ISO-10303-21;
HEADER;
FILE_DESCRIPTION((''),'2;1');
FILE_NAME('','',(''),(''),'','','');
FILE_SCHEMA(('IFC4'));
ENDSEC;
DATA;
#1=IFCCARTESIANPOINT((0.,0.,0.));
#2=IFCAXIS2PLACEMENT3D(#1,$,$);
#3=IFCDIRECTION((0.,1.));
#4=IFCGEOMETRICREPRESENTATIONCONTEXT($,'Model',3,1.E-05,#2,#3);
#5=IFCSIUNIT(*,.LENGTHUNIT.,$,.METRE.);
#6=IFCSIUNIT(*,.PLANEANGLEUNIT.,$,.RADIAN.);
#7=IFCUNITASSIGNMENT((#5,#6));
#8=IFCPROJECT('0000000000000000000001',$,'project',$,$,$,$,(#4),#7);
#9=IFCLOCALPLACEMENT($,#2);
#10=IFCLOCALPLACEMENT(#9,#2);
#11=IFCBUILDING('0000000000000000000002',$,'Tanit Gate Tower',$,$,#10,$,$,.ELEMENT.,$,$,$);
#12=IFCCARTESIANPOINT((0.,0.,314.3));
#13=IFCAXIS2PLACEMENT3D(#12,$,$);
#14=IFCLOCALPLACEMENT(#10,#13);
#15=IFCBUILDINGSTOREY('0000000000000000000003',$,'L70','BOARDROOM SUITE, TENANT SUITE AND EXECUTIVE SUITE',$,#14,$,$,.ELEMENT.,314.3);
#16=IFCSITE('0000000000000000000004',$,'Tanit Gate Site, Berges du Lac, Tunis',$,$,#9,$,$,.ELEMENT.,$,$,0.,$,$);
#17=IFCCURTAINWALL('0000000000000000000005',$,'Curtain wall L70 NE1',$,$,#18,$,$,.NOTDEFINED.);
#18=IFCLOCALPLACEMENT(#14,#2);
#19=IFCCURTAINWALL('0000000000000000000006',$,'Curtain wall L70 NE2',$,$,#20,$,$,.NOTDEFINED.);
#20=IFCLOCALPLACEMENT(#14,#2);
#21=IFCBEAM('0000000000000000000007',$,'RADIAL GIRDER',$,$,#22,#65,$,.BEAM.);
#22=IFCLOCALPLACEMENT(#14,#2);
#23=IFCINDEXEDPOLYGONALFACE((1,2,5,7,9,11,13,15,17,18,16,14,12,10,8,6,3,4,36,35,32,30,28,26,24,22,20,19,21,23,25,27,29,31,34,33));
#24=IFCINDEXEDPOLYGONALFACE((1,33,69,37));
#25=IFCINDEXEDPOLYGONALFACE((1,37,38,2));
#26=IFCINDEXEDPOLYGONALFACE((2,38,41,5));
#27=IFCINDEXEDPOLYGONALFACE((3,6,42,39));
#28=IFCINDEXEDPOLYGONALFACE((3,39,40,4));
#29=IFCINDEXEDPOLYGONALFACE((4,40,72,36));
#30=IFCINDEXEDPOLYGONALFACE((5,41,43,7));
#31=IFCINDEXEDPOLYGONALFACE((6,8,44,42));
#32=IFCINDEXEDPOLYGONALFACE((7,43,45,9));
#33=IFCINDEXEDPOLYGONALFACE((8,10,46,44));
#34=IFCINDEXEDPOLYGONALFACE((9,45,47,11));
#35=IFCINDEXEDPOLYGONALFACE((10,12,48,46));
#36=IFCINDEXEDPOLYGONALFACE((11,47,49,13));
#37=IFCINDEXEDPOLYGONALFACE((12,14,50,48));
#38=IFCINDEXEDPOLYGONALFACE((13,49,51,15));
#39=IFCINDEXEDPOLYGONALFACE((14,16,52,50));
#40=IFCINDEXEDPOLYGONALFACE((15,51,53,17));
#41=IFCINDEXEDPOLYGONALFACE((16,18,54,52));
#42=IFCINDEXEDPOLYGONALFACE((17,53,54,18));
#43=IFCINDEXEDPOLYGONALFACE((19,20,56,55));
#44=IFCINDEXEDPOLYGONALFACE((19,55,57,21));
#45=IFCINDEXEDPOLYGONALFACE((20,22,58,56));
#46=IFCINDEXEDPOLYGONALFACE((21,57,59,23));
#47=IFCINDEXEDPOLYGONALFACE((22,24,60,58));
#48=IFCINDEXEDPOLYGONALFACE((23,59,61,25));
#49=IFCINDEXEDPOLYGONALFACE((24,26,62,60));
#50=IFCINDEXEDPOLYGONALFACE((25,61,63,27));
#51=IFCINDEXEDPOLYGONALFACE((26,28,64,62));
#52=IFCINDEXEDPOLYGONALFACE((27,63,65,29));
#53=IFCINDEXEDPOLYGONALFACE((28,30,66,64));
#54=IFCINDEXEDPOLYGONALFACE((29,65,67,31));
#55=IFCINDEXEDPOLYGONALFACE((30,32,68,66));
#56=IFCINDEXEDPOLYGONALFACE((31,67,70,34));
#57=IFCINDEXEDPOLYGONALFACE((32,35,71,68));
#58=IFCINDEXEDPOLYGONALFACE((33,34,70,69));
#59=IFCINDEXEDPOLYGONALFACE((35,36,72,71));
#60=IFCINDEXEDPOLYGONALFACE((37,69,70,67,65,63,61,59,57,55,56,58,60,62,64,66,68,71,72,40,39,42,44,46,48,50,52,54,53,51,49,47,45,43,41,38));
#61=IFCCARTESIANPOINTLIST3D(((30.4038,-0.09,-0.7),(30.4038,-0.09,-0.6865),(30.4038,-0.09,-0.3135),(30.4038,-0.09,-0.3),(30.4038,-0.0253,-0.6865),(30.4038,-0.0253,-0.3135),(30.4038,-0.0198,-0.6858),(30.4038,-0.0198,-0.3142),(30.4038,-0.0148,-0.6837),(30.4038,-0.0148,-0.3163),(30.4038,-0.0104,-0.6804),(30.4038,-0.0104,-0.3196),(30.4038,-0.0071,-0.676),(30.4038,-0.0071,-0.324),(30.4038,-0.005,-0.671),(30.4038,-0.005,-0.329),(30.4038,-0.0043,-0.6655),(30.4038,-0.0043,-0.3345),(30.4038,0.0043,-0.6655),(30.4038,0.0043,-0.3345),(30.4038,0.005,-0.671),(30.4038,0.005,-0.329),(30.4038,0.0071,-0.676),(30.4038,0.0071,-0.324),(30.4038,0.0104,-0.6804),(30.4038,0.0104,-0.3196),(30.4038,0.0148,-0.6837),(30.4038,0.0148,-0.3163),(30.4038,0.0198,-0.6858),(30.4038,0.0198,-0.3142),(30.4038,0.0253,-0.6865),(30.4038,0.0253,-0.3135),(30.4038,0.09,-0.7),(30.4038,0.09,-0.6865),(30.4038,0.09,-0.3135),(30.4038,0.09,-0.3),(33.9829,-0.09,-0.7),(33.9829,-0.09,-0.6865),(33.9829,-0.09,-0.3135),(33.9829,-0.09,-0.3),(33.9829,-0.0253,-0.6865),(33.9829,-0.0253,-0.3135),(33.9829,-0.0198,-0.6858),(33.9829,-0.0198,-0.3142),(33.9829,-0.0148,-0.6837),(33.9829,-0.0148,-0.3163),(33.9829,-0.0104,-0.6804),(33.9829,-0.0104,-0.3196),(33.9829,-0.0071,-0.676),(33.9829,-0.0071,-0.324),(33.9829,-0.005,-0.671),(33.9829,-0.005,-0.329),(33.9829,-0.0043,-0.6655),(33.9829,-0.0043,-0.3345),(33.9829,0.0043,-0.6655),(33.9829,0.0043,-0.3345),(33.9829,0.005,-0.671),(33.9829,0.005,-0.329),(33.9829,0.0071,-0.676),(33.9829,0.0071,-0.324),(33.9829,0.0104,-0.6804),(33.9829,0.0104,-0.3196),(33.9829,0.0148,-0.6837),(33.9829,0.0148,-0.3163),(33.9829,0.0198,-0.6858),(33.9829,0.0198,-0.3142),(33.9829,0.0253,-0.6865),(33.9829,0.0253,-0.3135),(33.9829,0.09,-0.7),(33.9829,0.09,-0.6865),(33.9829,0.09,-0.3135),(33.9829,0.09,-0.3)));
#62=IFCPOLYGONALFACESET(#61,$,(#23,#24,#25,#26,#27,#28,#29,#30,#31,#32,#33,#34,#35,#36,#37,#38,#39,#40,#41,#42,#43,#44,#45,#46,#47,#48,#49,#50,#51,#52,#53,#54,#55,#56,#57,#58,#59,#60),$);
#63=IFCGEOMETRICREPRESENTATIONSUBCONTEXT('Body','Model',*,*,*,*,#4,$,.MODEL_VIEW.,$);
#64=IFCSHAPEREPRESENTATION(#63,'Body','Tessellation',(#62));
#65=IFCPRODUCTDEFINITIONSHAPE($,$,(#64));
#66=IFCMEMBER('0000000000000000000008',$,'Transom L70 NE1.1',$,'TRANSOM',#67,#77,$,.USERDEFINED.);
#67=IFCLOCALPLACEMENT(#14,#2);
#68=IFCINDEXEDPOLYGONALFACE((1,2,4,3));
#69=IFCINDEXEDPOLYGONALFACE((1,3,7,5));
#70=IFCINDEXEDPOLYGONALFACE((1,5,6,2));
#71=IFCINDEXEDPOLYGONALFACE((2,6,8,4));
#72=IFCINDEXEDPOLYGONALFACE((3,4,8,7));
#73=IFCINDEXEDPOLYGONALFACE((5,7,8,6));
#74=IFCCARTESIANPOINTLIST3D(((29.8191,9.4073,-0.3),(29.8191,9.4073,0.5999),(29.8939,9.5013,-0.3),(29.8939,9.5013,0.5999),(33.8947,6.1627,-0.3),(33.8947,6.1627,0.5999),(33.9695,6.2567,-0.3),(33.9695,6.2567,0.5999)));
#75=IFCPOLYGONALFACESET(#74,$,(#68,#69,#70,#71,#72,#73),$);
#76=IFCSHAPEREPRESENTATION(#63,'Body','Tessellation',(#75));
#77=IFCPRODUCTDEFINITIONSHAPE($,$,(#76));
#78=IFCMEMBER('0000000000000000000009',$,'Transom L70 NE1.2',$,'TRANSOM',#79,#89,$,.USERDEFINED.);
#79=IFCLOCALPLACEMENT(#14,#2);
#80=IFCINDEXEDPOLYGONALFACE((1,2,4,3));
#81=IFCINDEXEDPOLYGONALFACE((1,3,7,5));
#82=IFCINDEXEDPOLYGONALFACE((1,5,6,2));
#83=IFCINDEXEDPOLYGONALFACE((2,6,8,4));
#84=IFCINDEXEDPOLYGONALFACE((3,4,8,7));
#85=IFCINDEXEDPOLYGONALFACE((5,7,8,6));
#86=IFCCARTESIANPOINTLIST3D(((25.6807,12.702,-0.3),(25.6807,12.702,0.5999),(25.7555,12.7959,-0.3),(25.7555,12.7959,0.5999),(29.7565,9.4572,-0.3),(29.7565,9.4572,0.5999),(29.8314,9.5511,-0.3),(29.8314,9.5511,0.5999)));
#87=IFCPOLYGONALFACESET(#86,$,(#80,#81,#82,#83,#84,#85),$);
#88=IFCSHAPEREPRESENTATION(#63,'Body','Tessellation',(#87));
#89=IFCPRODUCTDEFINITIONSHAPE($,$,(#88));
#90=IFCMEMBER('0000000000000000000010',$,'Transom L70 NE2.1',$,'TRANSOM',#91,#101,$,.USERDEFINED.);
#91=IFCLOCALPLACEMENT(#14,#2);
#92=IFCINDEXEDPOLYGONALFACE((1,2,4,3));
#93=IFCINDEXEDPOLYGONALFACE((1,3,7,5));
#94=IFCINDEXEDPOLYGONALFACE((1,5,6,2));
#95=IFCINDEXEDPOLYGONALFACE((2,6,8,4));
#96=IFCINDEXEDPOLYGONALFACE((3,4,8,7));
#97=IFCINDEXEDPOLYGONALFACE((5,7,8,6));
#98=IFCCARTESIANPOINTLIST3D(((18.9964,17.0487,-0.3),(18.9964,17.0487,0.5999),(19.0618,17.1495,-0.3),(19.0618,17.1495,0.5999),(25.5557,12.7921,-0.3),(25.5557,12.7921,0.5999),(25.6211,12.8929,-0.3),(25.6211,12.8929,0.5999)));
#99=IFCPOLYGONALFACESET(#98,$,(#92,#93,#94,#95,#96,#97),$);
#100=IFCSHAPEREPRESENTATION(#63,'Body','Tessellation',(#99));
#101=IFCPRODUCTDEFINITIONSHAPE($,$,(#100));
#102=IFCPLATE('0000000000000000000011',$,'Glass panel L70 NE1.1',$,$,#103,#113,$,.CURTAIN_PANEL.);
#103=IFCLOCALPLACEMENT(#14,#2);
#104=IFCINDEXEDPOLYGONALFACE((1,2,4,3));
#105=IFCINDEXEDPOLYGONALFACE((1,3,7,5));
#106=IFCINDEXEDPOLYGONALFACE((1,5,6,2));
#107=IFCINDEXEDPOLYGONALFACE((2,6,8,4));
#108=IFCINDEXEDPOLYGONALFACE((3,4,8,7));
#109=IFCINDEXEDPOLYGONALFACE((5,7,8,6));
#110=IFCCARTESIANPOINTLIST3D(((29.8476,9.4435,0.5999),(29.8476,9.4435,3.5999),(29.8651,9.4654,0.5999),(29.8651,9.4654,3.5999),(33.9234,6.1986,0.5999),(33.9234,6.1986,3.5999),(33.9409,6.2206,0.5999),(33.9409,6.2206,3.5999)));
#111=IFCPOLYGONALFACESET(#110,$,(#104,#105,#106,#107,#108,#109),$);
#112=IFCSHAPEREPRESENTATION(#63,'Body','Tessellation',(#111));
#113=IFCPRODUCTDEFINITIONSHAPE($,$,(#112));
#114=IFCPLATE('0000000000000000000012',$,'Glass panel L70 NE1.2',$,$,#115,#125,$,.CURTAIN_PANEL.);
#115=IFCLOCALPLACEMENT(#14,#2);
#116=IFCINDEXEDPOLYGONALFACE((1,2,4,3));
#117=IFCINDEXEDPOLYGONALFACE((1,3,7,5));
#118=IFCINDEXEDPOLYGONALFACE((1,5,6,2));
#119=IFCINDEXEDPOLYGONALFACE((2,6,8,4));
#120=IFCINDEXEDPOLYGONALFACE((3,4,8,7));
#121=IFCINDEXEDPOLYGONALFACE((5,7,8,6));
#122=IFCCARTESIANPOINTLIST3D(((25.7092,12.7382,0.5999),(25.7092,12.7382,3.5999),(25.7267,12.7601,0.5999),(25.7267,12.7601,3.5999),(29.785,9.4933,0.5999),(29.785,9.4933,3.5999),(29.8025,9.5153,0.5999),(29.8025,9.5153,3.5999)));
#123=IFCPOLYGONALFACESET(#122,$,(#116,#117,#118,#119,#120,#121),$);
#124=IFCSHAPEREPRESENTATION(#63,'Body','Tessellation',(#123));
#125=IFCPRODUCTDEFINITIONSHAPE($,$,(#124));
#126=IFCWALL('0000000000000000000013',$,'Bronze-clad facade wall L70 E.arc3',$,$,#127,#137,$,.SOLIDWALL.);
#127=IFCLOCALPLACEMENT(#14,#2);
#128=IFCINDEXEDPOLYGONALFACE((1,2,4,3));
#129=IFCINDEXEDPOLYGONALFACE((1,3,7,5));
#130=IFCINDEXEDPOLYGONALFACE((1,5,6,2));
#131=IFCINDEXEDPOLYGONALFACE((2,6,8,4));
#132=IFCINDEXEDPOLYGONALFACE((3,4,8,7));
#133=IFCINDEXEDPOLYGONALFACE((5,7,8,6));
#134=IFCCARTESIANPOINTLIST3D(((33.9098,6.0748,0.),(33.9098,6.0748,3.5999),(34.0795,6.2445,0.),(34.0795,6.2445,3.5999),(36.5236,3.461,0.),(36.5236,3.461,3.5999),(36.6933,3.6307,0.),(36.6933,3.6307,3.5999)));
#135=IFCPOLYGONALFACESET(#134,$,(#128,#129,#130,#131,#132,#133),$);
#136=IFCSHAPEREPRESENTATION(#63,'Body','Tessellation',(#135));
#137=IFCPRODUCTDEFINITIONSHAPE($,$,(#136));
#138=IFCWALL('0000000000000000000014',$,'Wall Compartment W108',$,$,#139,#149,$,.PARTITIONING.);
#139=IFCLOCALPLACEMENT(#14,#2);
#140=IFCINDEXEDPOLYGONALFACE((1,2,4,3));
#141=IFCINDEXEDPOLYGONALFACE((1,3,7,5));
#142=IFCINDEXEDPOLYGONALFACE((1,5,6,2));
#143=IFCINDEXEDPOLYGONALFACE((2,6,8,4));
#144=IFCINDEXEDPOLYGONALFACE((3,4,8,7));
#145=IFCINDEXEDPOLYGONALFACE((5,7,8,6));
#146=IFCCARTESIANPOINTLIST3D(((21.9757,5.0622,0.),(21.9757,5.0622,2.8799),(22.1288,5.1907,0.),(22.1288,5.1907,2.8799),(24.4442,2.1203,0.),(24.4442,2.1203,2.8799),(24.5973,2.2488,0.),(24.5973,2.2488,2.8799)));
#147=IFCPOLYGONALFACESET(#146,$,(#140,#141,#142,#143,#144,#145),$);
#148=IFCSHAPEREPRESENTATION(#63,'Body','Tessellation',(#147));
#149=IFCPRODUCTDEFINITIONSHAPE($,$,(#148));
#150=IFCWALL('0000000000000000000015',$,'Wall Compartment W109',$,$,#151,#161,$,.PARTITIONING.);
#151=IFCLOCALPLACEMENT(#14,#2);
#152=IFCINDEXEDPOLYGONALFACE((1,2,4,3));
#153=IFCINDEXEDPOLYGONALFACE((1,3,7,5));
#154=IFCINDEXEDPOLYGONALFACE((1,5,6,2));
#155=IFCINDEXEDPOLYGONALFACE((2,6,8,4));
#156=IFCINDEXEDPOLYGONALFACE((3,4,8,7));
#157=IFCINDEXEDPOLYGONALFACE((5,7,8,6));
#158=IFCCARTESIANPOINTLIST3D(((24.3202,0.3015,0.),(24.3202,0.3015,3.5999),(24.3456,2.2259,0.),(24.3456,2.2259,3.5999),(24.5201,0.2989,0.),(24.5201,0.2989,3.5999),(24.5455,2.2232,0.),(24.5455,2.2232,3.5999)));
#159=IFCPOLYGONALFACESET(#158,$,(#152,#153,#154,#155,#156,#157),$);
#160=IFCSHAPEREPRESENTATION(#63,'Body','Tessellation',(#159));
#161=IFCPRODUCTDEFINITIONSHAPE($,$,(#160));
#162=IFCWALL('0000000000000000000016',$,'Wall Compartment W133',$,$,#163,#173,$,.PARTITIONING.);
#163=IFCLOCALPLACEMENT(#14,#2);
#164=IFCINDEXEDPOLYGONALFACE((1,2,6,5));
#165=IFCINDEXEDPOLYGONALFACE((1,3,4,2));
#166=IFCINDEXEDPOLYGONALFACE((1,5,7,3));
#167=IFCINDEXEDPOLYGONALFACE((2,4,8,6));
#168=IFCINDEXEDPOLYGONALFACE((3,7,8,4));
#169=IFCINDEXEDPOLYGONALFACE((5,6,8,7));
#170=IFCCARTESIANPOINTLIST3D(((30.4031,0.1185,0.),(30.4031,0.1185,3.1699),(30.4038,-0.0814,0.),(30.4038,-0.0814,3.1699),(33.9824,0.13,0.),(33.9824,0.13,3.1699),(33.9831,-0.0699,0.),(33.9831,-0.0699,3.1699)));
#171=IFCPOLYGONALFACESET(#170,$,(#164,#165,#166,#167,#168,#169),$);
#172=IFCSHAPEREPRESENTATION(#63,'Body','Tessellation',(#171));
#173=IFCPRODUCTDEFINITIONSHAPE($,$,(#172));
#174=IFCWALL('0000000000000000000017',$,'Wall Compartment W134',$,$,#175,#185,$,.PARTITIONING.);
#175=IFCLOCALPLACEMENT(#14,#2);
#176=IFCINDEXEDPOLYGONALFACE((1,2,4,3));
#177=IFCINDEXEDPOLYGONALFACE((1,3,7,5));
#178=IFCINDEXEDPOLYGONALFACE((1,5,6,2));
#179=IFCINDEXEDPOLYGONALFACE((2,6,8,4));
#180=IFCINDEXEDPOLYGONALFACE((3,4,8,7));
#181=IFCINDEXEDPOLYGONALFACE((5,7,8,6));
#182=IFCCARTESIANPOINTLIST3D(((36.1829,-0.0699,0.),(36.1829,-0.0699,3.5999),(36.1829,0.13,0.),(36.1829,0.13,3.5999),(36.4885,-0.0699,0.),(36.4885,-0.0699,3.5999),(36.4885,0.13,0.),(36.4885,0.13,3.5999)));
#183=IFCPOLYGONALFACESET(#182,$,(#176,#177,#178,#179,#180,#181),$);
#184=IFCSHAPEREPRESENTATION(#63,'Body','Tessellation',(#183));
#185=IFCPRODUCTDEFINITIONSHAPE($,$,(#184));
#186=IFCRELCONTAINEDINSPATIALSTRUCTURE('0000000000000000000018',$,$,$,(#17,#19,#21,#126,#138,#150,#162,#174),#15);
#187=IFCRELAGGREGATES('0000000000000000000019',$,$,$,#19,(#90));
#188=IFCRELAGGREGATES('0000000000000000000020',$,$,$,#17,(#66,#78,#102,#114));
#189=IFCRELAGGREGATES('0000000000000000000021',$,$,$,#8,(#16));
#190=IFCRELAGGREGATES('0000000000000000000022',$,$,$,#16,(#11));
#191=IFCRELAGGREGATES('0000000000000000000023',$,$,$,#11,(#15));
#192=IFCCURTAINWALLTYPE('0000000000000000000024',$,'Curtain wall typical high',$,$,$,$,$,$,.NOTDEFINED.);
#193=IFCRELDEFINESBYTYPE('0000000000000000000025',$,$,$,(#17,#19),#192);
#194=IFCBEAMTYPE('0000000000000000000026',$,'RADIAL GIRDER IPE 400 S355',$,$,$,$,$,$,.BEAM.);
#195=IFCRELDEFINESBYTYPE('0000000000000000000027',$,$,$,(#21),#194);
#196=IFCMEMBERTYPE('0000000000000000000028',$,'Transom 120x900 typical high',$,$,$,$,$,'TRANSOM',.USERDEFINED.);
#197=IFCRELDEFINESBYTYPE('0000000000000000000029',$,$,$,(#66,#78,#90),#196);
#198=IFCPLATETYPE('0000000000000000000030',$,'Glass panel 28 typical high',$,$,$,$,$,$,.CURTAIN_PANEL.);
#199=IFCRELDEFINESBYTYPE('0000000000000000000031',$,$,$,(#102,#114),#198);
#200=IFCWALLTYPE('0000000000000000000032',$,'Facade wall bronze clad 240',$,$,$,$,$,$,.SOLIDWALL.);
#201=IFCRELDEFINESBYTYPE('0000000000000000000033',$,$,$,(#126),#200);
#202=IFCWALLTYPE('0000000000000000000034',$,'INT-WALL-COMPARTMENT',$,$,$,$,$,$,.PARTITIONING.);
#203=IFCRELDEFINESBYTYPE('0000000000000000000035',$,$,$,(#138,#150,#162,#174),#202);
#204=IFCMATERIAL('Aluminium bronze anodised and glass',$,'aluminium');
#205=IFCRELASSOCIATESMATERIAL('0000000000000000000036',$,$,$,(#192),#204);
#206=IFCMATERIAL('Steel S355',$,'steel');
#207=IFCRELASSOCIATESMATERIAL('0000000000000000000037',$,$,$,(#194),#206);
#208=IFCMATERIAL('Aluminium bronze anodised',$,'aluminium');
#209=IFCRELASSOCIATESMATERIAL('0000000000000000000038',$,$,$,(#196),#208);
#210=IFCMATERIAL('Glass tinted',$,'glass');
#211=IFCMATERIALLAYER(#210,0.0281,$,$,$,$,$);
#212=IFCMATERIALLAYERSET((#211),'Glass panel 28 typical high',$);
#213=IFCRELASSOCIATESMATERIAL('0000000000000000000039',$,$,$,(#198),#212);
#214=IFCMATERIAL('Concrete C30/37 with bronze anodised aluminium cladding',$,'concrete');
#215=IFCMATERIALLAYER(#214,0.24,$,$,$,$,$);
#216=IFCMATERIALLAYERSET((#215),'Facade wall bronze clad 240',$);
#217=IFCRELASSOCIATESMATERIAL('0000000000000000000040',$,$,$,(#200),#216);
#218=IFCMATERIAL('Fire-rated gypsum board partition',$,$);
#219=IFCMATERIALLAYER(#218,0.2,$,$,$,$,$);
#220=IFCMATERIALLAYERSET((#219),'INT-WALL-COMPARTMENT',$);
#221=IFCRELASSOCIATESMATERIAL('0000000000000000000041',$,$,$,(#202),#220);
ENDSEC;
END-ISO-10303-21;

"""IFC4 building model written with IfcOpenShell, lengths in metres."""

from ifc_helpers import new_model, si_unit, direction, frame, frame_2d, origin, origin_2d, place, context, subcontext, project, spatial, rectangle, i_section, extrude, material, layer, layer_set, material_profile, profile_set, type_object, element, aggregate, save


model = new_model("IFC4")

# Units and contexts
model_context = context("Model", 3, precision=1e-05, world=origin(), true_north=direction((0.0, 1.0)))
body_context = subcontext(model_context, "Body", "Model", "MODEL_VIEW")
ifc_project = project(units=[si_unit("LENGTHUNIT", "METRE"), si_unit("PLANEANGLEUNIT", "RADIAN")], contexts=[model_context])

# Site, building, storey
site_placement = place(None, origin())
site = spatial("IfcSite", under=ifc_project, at=site_placement, Name="Tanit Gate Site, Berges du Lac, Tunis", CompositionType="ELEMENT", RefElevation=0.0)
building_placement = place(site_placement, origin())
building = spatial("IfcBuilding", under=site, at=building_placement, Name="Tanit Gate Tower", CompositionType="ELEMENT")
storey_placement = place(building_placement, frame((0.0, 0.0, 314.3)))
storey = spatial("IfcBuildingStorey", under=building, at=storey_placement, Name="L70", Description="BOARDROOM SUITE, TENANT SUITE AND EXECUTIVE SUITE", CompositionType="ELEMENT", Elevation=314.3)

# Curtain walls
ifc_material_1 = material(Name="Aluminium bronze anodised and glass", Category="aluminium")
curtain_wall_type = type_object("IfcCurtainWallType", Name="Curtain wall typical high", PredefinedType="NOTDEFINED", material=ifc_material_1)
curtain_wall_1_placement = place(storey_placement, origin())
curtain_wall_1 = element("IfcCurtainWall", 1, at=curtain_wall_1_placement, inside=storey, type_object=curtain_wall_type, Name="Curtain wall L70 NE1", PredefinedType="NOTDEFINED")
curtain_wall_2_placement = place(storey_placement, origin())
curtain_wall_2 = element("IfcCurtainWall", 2, at=curtain_wall_2_placement, inside=storey, type_object=curtain_wall_type, Name="Curtain wall L70 NE2", PredefinedType="NOTDEFINED")

# Beam
ifc_material_2 = material(Name="Steel S355", Category="steel")
ifc_material_profile_1 = material_profile(ifc_material_2, i_section(OverallWidth=0.1799, OverallDepth=0.3999, WebThickness=0.0085, FlangeThickness=0.0134, FilletRadius=0.021, at=origin_2d()), Name="IPE 400")
ifc_profile_set_1 = profile_set([ifc_material_profile_1], Name="Steel S355")
beam_type_1 = type_object("IfcBeamType", Name="RADIAL GIRDER IPE 400 S355", PredefinedType="BEAM", material=ifc_profile_set_1)
beam_1_placement = place(storey_placement, frame((33.9829, 0.0, -0.5), z_axis=(-1.0, 0.0, 0.0), x_axis=(0.0, -1.0, 0.0)))
element("IfcBeam", 3, at=beam_1_placement, inside=storey, type_object=beam_type_1, Name="RADIAL GIRDER", PredefinedType="BEAM", context=body_context, shape_type="SweptSolid", body=[
    extrude(i_section(OverallWidth=0.1799, OverallDepth=0.3999, WebThickness=0.0085, FlangeThickness=0.0134, FilletRadius=0.021, at=origin_2d()), origin(), (0.0, 0.0, 1.0), 3.5791),
])

# Members
ifc_material_3 = material(Name="Aluminium bronze anodised", Category="aluminium")
ifc_material_profile_2 = material_profile(ifc_material_3, rectangle(XDim=0.1201, YDim=0.8999, at=origin_2d()), Name="120x900 bronze transom")
ifc_profile_set_2 = profile_set([ifc_material_profile_2], Name="Aluminium bronze anodised")
member_type_1 = type_object("IfcMemberType", Name="Transom 120x900 typical high", ElementType="TRANSOM", PredefinedType="USERDEFINED", material=ifc_profile_set_2)
member_1_placement = place(storey_placement, frame((33.9321, 6.2097, 0.1499), z_axis=(-0.782357, 0.62283, 0.0), x_axis=(-0.62283, -0.782357, 0.0)))
member_1 = element("IfcMember", 4, at=member_1_placement, type_object=member_type_1, Name="Transom L70 NE1.1", ObjectType="TRANSOM", PredefinedType="USERDEFINED", context=body_context, shape_type="SweptSolid", body=[
    extrude(rectangle(XDim=0.1201, YDim=0.8999, at=origin_2d()), origin(), (0.0, 0.0, 1.0), 5.2095),
])
member_2_placement = place(storey_placement, frame((29.7939, 9.5042, 0.1499), z_axis=(-0.782352, 0.622836, 0.0), x_axis=(-0.622836, -0.782352, 0.0)))
member_2 = element("IfcMember", 5, at=member_2_placement, type_object=member_type_1, Name="Transom L70 NE1.2", ObjectType="TRANSOM", PredefinedType="USERDEFINED", context=body_context, shape_type="SweptSolid", body=[
    extrude(rectangle(XDim=0.1201, YDim=0.8999, at=origin_2d()), origin(), (0.0, 0.0, 1.0), 5.2097),
])
member_3_placement = place(storey_placement, frame((25.5884, 12.8425, 0.1499), z_axis=(-0.838851, 0.544362, 0.0), x_axis=(-0.544362, -0.838851, 0.0)))
member_3 = element("IfcMember", 6, at=member_3_placement, type_object=member_type_1, Name="Transom L70 NE2.1", ObjectType="TRANSOM", PredefinedType="USERDEFINED", context=body_context, shape_type="SweptSolid", body=[
    extrude(rectangle(XDim=0.1201, YDim=0.8999, at=origin_2d()), origin(), (0.0, 0.0, 1.0), 7.8193),
])
aggregate(curtain_wall_2, [member_3])

# Plates
ifc_material_4 = material(Name="Glass tinted", Category="glass")
ifc_layer_1 = layer(ifc_material_4, 0.0281)
ifc_layer_set_1 = layer_set([ifc_layer_1], Name="Glass panel 28 typical high")
plate_type = type_object("IfcPlateType", Name="Glass panel 28 typical high", PredefinedType="CURTAIN_PANEL", material=ifc_layer_set_1)
plate_1_placement = place(storey_placement, frame((31.8943, 7.832, 0.5999), z_axis=(0.0, 0.0, 1.0), x_axis=(-0.782344, 0.622847, 0.0)))
plate_1 = element("IfcPlate", 7, at=plate_1_placement, type_object=plate_type, Name="Glass panel L70 NE1.1", PredefinedType="CURTAIN_PANEL", context=body_context, shape_type="SweptSolid", body=[
    extrude(rectangle(XDim=5.2097, YDim=0.0281, at=origin_2d()), origin(), (0.0, 0.0, 1.0), 3.0),
])
plate_2_placement = place(storey_placement, frame((27.7559, 11.1267, 0.5999), z_axis=(0.0, 0.0, 1.0), x_axis=(-0.782344, 0.622847, 0.0)))
plate_2 = element("IfcPlate", 8, at=plate_2_placement, type_object=plate_type, Name="Glass panel L70 NE1.2", PredefinedType="CURTAIN_PANEL", context=body_context, shape_type="SweptSolid", body=[
    extrude(rectangle(XDim=5.2097, YDim=0.0281, at=origin_2d()), origin(), (0.0, 0.0, 1.0), 3.0),
])
aggregate(curtain_wall_1, [member_1, member_2, plate_1, plate_2])

# Walls
ifc_material_5 = material(Name="Concrete C30/37 with bronze anodised aluminium cladding", Category="concrete")
ifc_layer_2 = layer(ifc_material_5, 0.24)
ifc_layer_set_2 = layer_set([ifc_layer_2], Name="Facade wall bronze clad 240")
wall_type_1 = type_object("IfcWallType", Name="Facade wall bronze clad 240", PredefinedType="SOLIDWALL", material=ifc_layer_set_2)
wall_1_placement = place(storey_placement, frame((36.6084, 3.5459, 0.0), z_axis=(0.0, 0.0, 1.0), x_axis=(-0.707107, 0.707107, 0.0)))
element("IfcWall", 9, at=wall_1_placement, inside=storey, type_object=wall_type_1, Name="Bronze-clad facade wall L70 E.arc3", PredefinedType="SOLIDWALL", context=body_context, shape_type="SweptSolid", body=[
    extrude(rectangle(XDim=3.6965, YDim=0.24, at=frame_2d((1.8481, 0.0))), origin(), (0.0, 0.0, 1.0), 3.5999),
])
ifc_material_6 = material(Name="Fire-rated gypsum board partition")
ifc_layer_3 = layer(ifc_material_6, 0.2)
ifc_layer_set_3 = layer_set([ifc_layer_3], Name="INT-WALL-COMPARTMENT")
wall_type_2 = type_object("IfcWallType", Name="INT-WALL-COMPARTMENT", PredefinedType="PARTITIONING", material=ifc_layer_set_3)
wall_2_placement = place(storey_placement, frame((24.5208, 2.1846, 0.0), z_axis=(0.0, 0.0, 1.0), x_axis=(-0.642782, 0.766049, 0.0)))
element("IfcWall", 10, at=wall_2_placement, inside=storey, type_object=wall_type_2, Name="Wall Compartment W108", PredefinedType="PARTITIONING", context=body_context, shape_type="SweptSolid", body=[
    extrude(rectangle(XDim=3.8403, YDim=0.2, at=frame_2d((1.9202, 0.0))), origin(), (0.0, 0.0, 1.0), 2.8799),
])
wall_3_placement = place(storey_placement, frame((24.4202, 0.3, 0.0), z_axis=(0.0, 0.0, 1.0), x_axis=(0.013193, 0.999913, 0.0)))
element("IfcWall", 11, at=wall_3_placement, inside=storey, type_object=wall_type_2, Name="Wall Compartment W109", PredefinedType="PARTITIONING", context=body_context, shape_type="SweptSolid", body=[
    extrude(rectangle(XDim=1.9246, YDim=0.2, at=frame_2d((0.9624, 0.0))), origin(), (0.0, 0.0, 1.0), 3.5999),
])
wall_4_placement = place(storey_placement, frame((30.4036, 0.0186, 0.0), z_axis=(0.0, 0.0, 1.0), x_axis=(0.999995, 0.003206, 0.0)))
element("IfcWall", 12, at=wall_4_placement, inside=storey, type_object=wall_type_2, Name="Wall Compartment W133", PredefinedType="PARTITIONING", context=body_context, shape_type="SweptSolid", body=[
    extrude(rectangle(XDim=3.5793, YDim=0.2, at=frame_2d((1.7896, 0.0))), origin(), (0.0, 0.0, 1.0), 3.1699),
])
wall_5_placement = place(storey_placement, frame((36.1829, 0.03, 0.0), z_axis=(0.0, 0.0, 1.0), x_axis=(1.0, 0.0, 0.0)))
element("IfcWall", 13, at=wall_5_placement, inside=storey, type_object=wall_type_2, Name="Wall Compartment W134", PredefinedType="PARTITIONING", context=body_context, shape_type="SweptSolid", body=[
    extrude(rectangle(XDim=0.3057, YDim=0.2, at=frame_2d((0.1528, 0.0))), origin(), (0.0, 0.0, 1.0), 3.5999),
])

save(model, "model.ifc")
